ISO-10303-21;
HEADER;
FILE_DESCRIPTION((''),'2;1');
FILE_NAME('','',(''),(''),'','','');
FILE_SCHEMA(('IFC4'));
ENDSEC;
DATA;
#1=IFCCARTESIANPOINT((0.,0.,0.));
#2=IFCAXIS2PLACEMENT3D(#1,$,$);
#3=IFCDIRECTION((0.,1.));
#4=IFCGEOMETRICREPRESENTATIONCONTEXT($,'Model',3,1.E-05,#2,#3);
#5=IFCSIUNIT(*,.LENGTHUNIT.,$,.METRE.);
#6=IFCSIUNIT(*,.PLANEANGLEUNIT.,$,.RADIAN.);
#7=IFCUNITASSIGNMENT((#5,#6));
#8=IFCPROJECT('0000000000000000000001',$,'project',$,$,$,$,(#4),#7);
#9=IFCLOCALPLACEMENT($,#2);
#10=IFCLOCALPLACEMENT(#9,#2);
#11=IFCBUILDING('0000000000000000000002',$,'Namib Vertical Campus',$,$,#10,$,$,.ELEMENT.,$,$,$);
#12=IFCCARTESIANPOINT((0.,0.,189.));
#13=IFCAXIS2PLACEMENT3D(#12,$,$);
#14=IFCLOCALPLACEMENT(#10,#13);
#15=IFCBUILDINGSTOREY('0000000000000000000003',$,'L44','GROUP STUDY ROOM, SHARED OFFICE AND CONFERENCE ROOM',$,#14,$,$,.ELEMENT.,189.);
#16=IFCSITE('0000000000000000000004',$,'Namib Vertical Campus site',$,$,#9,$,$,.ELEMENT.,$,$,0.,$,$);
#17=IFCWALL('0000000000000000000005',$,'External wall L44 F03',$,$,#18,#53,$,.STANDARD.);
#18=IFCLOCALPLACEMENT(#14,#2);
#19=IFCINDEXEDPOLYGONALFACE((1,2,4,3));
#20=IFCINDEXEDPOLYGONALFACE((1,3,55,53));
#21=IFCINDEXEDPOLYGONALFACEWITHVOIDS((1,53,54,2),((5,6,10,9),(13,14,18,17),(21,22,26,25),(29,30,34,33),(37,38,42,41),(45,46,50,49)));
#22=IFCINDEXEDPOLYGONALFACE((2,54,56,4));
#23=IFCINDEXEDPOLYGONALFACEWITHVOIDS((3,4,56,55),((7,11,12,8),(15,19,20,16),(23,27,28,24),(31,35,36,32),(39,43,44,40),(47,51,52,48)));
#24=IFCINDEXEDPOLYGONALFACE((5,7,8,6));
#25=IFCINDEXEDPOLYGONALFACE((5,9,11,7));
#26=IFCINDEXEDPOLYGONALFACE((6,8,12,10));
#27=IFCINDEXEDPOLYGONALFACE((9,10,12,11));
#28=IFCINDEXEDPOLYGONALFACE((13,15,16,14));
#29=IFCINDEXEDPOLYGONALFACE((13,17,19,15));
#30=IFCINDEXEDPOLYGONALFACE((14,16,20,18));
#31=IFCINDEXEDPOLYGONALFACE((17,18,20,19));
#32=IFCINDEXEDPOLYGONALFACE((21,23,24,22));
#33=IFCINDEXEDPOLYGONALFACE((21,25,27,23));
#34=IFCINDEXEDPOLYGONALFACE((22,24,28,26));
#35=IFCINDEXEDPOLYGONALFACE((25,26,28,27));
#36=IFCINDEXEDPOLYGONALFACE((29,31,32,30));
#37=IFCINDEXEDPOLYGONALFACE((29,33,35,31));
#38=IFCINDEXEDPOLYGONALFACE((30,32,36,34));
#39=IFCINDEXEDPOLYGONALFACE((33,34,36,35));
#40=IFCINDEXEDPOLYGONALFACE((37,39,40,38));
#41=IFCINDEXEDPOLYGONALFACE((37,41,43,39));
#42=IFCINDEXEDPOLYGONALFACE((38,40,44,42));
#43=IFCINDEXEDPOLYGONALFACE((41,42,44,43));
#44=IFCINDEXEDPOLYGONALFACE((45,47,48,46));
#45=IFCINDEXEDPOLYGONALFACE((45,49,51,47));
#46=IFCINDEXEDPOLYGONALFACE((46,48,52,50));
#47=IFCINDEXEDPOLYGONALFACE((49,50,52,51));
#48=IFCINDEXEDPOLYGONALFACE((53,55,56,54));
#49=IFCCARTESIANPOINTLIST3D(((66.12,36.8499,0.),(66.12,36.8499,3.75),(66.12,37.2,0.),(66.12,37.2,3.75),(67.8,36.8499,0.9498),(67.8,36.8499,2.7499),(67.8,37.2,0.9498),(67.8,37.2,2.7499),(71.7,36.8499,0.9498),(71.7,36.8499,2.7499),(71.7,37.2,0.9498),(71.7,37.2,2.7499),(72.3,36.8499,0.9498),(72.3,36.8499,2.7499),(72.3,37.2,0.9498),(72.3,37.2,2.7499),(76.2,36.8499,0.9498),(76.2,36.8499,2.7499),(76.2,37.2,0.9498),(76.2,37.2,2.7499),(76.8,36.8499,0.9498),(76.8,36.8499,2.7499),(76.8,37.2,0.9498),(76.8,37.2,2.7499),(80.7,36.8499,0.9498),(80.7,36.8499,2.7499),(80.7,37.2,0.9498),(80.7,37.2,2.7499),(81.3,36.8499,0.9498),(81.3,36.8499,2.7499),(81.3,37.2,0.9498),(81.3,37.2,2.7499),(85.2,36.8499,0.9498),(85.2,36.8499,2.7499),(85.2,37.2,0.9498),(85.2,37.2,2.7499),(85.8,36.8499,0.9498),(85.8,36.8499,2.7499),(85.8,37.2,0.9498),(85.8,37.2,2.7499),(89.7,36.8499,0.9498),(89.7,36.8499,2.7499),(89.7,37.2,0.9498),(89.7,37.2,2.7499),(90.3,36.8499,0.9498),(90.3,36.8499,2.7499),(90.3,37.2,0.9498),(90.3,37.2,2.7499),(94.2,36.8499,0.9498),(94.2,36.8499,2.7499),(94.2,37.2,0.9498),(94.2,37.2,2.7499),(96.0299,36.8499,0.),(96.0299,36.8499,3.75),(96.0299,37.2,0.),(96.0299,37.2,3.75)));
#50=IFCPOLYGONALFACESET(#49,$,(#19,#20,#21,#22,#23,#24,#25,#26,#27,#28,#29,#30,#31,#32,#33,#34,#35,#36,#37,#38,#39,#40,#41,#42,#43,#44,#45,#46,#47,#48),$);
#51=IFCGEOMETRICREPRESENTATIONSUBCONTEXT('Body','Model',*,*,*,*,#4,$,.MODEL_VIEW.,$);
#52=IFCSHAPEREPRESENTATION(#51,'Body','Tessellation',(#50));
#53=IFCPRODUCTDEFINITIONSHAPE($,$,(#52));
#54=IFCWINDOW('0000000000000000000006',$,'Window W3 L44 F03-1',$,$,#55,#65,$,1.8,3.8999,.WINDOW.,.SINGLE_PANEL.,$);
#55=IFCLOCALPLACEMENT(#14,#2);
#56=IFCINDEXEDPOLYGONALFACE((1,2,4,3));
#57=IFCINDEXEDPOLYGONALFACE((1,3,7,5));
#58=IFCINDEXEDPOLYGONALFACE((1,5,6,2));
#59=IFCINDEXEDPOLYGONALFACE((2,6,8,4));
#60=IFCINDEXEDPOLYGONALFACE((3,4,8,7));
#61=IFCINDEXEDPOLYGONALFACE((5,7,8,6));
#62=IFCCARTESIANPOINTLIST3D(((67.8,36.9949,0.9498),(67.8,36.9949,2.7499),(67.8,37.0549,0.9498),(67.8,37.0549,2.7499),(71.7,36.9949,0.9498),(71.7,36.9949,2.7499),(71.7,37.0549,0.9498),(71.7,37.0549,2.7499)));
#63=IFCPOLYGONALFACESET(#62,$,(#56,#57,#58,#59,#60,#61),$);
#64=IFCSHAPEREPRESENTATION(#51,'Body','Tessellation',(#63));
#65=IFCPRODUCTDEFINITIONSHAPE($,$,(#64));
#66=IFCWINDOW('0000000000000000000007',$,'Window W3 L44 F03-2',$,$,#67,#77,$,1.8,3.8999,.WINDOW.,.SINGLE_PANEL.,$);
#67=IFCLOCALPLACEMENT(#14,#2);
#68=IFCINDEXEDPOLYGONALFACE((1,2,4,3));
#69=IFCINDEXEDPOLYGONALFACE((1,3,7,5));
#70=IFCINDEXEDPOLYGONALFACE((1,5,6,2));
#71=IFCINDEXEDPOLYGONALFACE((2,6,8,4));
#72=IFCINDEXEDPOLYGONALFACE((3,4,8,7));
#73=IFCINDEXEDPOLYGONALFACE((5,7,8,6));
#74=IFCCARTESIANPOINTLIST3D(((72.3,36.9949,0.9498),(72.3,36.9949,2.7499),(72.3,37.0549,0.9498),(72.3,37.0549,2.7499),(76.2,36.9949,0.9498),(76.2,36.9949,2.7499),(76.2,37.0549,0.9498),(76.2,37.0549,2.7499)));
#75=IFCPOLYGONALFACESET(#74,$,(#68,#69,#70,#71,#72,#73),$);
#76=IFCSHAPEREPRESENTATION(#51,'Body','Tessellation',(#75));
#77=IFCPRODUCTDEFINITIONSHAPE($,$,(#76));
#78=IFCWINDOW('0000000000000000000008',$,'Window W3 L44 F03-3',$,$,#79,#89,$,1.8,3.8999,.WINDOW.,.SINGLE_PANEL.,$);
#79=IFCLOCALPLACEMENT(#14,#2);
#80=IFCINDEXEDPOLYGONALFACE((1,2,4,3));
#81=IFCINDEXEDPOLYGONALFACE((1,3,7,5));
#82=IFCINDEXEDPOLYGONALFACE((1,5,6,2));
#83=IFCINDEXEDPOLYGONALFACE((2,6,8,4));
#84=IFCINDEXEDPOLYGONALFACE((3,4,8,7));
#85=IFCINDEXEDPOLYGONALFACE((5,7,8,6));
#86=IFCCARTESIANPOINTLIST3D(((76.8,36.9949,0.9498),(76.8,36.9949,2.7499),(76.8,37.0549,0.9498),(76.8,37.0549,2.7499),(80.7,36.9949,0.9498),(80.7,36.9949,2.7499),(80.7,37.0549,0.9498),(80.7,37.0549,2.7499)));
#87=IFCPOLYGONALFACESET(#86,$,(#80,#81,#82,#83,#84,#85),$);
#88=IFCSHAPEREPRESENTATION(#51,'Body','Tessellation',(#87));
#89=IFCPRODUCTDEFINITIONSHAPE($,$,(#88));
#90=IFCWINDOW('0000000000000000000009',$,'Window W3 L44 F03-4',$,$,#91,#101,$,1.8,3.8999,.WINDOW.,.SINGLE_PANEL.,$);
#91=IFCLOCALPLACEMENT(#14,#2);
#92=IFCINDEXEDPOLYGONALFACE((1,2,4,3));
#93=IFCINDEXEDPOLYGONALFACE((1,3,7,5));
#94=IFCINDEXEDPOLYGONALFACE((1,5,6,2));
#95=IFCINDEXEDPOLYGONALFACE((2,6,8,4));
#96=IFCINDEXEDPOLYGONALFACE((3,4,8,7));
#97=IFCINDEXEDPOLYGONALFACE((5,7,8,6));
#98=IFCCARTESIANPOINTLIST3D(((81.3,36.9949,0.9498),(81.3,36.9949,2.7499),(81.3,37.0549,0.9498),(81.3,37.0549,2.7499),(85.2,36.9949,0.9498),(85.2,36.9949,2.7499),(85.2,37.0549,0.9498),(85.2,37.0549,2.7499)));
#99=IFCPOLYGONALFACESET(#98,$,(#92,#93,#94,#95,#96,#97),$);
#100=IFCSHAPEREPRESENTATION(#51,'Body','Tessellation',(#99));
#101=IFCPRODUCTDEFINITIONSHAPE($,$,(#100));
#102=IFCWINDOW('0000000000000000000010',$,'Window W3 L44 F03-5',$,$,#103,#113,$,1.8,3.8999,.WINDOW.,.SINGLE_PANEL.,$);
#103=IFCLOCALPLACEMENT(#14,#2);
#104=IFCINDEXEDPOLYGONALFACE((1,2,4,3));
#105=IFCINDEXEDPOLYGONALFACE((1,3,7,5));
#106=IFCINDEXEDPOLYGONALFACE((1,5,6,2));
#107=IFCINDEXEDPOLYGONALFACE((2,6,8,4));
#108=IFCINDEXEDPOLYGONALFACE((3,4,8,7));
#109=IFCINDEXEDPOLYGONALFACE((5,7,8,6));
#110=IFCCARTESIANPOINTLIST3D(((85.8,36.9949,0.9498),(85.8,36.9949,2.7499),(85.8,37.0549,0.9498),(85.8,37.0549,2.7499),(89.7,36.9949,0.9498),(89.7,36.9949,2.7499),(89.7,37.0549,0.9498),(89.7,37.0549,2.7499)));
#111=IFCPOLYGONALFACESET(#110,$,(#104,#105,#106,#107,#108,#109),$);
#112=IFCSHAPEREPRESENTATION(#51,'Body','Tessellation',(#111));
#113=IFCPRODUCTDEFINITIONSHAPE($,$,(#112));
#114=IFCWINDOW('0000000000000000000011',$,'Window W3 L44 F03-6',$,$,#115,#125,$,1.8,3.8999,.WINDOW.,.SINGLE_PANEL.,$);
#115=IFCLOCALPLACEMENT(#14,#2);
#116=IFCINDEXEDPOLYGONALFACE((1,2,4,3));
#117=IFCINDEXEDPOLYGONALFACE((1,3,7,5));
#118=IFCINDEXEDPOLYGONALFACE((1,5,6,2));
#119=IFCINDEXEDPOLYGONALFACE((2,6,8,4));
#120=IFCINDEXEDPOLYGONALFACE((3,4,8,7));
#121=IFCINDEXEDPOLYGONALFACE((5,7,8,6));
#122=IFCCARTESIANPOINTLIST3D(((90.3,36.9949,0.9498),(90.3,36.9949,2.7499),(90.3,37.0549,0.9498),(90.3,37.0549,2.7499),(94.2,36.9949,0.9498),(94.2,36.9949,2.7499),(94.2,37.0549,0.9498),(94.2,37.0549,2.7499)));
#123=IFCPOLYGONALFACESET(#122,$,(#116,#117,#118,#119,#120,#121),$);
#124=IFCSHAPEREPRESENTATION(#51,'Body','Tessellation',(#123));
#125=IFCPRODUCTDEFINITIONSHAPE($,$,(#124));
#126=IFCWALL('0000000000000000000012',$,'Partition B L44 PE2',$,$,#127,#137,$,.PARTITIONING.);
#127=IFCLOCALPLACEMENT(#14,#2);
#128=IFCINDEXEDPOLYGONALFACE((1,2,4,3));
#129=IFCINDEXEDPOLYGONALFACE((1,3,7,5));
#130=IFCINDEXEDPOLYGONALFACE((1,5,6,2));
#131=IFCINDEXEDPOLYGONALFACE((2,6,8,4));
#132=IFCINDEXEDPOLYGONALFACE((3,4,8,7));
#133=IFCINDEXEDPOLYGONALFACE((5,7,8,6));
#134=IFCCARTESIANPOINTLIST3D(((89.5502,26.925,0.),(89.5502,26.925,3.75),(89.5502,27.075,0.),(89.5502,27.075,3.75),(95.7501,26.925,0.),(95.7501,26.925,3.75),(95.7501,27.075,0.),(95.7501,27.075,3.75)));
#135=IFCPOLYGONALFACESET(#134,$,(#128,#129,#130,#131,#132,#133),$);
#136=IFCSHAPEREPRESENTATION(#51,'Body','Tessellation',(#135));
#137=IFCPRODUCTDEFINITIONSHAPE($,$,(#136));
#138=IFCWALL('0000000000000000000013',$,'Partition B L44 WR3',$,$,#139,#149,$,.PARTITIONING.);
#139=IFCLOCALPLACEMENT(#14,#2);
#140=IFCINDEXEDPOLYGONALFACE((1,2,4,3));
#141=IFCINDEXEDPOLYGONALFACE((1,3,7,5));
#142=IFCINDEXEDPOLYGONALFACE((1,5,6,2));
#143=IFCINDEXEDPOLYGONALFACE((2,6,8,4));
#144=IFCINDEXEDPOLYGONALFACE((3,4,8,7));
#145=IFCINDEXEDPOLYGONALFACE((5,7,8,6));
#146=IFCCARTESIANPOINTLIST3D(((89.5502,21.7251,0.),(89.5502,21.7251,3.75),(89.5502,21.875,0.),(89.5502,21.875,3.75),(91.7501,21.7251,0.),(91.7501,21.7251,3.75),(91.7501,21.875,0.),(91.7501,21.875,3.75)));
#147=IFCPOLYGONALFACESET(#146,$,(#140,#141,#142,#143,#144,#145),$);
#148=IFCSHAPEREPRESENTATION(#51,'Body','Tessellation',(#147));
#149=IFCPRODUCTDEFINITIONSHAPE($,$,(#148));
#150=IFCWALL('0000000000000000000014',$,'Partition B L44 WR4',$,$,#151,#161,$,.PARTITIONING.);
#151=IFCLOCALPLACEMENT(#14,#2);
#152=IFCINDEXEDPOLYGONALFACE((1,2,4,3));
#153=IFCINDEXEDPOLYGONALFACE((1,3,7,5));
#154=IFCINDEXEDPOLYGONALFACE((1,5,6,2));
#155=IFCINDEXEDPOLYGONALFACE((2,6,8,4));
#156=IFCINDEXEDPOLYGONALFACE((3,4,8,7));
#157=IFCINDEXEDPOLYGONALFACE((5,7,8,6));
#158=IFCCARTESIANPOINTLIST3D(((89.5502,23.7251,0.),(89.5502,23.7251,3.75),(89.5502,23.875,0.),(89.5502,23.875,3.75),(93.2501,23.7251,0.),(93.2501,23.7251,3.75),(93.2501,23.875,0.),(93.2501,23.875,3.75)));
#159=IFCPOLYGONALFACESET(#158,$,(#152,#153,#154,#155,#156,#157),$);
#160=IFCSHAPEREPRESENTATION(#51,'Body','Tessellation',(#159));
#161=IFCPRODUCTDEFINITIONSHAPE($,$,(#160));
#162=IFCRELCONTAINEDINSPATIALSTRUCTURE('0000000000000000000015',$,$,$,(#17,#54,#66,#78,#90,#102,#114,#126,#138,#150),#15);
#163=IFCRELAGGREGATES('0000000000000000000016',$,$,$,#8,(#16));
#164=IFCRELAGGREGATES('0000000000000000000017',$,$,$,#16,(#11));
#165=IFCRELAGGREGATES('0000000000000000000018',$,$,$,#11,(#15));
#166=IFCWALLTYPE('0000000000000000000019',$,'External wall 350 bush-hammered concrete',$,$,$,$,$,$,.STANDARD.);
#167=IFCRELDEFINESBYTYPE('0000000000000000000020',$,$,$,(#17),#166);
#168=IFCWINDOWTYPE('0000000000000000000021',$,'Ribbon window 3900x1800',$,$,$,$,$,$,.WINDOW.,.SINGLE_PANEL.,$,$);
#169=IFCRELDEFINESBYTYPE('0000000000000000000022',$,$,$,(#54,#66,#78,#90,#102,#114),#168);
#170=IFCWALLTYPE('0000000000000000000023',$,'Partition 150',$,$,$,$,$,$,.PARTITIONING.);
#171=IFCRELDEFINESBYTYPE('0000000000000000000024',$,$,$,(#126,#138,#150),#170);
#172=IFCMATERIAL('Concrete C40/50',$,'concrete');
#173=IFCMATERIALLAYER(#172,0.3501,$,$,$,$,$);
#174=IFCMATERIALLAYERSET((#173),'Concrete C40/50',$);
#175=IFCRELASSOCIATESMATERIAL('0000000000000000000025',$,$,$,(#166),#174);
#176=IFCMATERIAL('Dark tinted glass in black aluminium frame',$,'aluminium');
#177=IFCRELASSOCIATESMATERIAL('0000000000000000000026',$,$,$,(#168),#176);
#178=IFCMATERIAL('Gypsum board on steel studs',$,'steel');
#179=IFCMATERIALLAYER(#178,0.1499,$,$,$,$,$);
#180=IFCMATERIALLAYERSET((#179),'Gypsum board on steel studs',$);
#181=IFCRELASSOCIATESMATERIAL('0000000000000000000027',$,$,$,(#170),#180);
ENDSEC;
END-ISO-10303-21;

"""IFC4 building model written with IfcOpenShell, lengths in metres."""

from ifc_helpers import new_model, si_unit, direction, frame, frame_2d, origin, place, context, subcontext, project, spatial, rectangle, extrude, material, layer, layer_set, type_object, element, fill, save


model = new_model("IFC4")

# Units and contexts
model_context = context("Model", 3, precision=1e-05, world=origin(), true_north=direction((0.0, 1.0)))
body_context = subcontext(model_context, "Body", "Model", "MODEL_VIEW")
ifc_project = project(units=[si_unit("LENGTHUNIT", "METRE"), si_unit("PLANEANGLEUNIT", "RADIAN")], contexts=[model_context])

# Site, building, storey
site_placement = place(None, origin())
site = spatial("IfcSite", under=ifc_project, at=site_placement, Name="Namib Vertical Campus site", CompositionType="ELEMENT", RefElevation=0.0)
building_placement = place(site_placement, origin())
building = spatial("IfcBuilding", under=site, at=building_placement, Name="Namib Vertical Campus", CompositionType="ELEMENT")
storey_placement = place(building_placement, frame((0.0, 0.0, 189.0)))
storey = spatial("IfcBuildingStorey", under=building, at=storey_placement, Name="L44", Description="GROUP STUDY ROOM, SHARED OFFICE AND CONFERENCE ROOM", CompositionType="ELEMENT", Elevation=189.0)

# Wall, openings, windows
ifc_material_1 = material(Name="Concrete C40/50", Category="concrete")
ifc_layer_1 = layer(ifc_material_1, 0.3501)
ifc_layer_set_1 = layer_set([ifc_layer_1], Name="Concrete C40/50")
wall_type_1 = type_object("IfcWallType", Name="External wall 350 bush-hammered concrete", PredefinedType="STANDARD", material=ifc_layer_set_1)
wall_1_placement = place(storey_placement, frame((96.03, 37.0249, 0.0), z_axis=(0.0, 0.0, 1.0), x_axis=(-1.0, 0.0, 0.0)))
wall_1 = element("IfcWall", 1, at=wall_1_placement, inside=storey, type_object=wall_type_1, Name="External wall L44 F03", PredefinedType="STANDARD", context=body_context, shape_type="SweptSolid", body=[
    extrude(rectangle(XDim=29.9099, YDim=0.3501, at=frame_2d((14.9551, 0.0))), origin(), (0.0, 0.0, 1.0), 3.75),
])
opening_1_placement = place(wall_1_placement, frame((24.3301, 0.0, 0.95)))
opening_1 = element("IfcOpeningElement", 2, at=opening_1_placement, cuts=wall_1, PredefinedType="OPENING", context=body_context, shape_type="SweptSolid", body=[
    extrude(rectangle(XDim=3.8999, YDim=1.8, at=frame_2d((1.95, 0.8999))), frame((0.0, 0.1851, 0.0), z_axis=(0.0, -1.0, 0.0), x_axis=(1.0, 0.0, 0.0)), (0.0, 0.0, 1.0), 0.3701),
])
opening_2_placement = place(wall_1_placement, frame((19.8301, 0.0, 0.95)))
opening_2 = element("IfcOpeningElement", 3, at=opening_2_placement, cuts=wall_1, PredefinedType="OPENING", context=body_context, shape_type="SweptSolid", body=[
    extrude(rectangle(XDim=3.8999, YDim=1.8, at=frame_2d((1.95, 0.8999))), frame((0.0, 0.1851, 0.0), z_axis=(0.0, -1.0, 0.0), x_axis=(1.0, 0.0, 0.0)), (0.0, 0.0, 1.0), 0.3701),
])
opening_3_placement = place(wall_1_placement, frame((15.3301, 0.0, 0.95)))
opening_3 = element("IfcOpeningElement", 4, at=opening_3_placement, cuts=wall_1, PredefinedType="OPENING", context=body_context, shape_type="SweptSolid", body=[
    extrude(rectangle(XDim=3.8999, YDim=1.8, at=frame_2d((1.95, 0.8999))), frame((0.0, 0.1851, 0.0), z_axis=(0.0, -1.0, 0.0), x_axis=(1.0, 0.0, 0.0)), (0.0, 0.0, 1.0), 0.3701),
])
opening_4_placement = place(wall_1_placement, frame((10.8301, 0.0, 0.95)))
opening_4 = element("IfcOpeningElement", 5, at=opening_4_placement, cuts=wall_1, PredefinedType="OPENING", context=body_context, shape_type="SweptSolid", body=[
    extrude(rectangle(XDim=3.8999, YDim=1.8, at=frame_2d((1.95, 0.8999))), frame((0.0, 0.1851, 0.0), z_axis=(0.0, -1.0, 0.0), x_axis=(1.0, 0.0, 0.0)), (0.0, 0.0, 1.0), 0.3701),
])
opening_5_placement = place(wall_1_placement, frame((6.3301, 0.0, 0.95)))
opening_5 = element("IfcOpeningElement", 6, at=opening_5_placement, cuts=wall_1, PredefinedType="OPENING", context=body_context, shape_type="SweptSolid", body=[
    extrude(rectangle(XDim=3.8999, YDim=1.8, at=frame_2d((1.95, 0.8999))), frame((0.0, 0.1851, 0.0), z_axis=(0.0, -1.0, 0.0), x_axis=(1.0, 0.0, 0.0)), (0.0, 0.0, 1.0), 0.3701),
])
opening_6_placement = place(wall_1_placement, frame((1.8301, 0.0, 0.95)))
opening_6 = element("IfcOpeningElement", 7, at=opening_6_placement, cuts=wall_1, PredefinedType="OPENING", context=body_context, shape_type="SweptSolid", body=[
    extrude(rectangle(XDim=3.8999, YDim=1.8, at=frame_2d((1.95, 0.8999))), frame((0.0, 0.1851, 0.0), z_axis=(0.0, -1.0, 0.0), x_axis=(1.0, 0.0, 0.0)), (0.0, 0.0, 1.0), 0.3701),
])
ifc_material_2 = material(Name="Dark tinted glass in black aluminium frame", Category="aluminium")
window_type = type_object("IfcWindowType", Name="Ribbon window 3900x1800", PartitioningType="SINGLE_PANEL", PredefinedType="WINDOW", material=ifc_material_2)
window_1_placement = place(opening_1_placement, origin())
window_1 = element("IfcWindow", 8, at=window_1_placement, inside=storey, type_object=window_type, Name="Window W3 L44 F03-1", OverallHeight=1.8, OverallWidth=3.8999, PartitioningType="SINGLE_PANEL", PredefinedType="WINDOW", context=body_context, shape_type="SweptSolid", body=[
    extrude(rectangle(XDim=3.8999, YDim=1.8, at=frame_2d((1.95, 0.8999))), frame((0.0, 0.03, 0.0), z_axis=(0.0, -1.0, 0.0), x_axis=(1.0, 0.0, 0.0)), (0.0, 0.0, 1.0), 0.0601),
])
fill(opening_1, window_1)
window_2_placement = place(opening_2_placement, origin())
window_2 = element("IfcWindow", 9, at=window_2_placement, inside=storey, type_object=window_type, Name="Window W3 L44 F03-2", OverallHeight=1.8, OverallWidth=3.8999, PartitioningType="SINGLE_PANEL", PredefinedType="WINDOW", context=body_context, shape_type="SweptSolid", body=[
    extrude(rectangle(XDim=3.8999, YDim=1.8, at=frame_2d((1.95, 0.8999))), frame((0.0, 0.03, 0.0), z_axis=(0.0, -1.0, 0.0), x_axis=(1.0, 0.0, 0.0)), (0.0, 0.0, 1.0), 0.0601),
])
fill(opening_2, window_2)
window_3_placement = place(opening_3_placement, origin())
window_3 = element("IfcWindow", 10, at=window_3_placement, inside=storey, type_object=window_type, Name="Window W3 L44 F03-3", OverallHeight=1.8, OverallWidth=3.8999, PartitioningType="SINGLE_PANEL", PredefinedType="WINDOW", context=body_context, shape_type="SweptSolid", body=[
    extrude(rectangle(XDim=3.8999, YDim=1.8, at=frame_2d((1.95, 0.8999))), frame((0.0, 0.03, 0.0), z_axis=(0.0, -1.0, 0.0), x_axis=(1.0, 0.0, 0.0)), (0.0, 0.0, 1.0), 0.0601),
])
fill(opening_3, window_3)
window_4_placement = place(opening_4_placement, origin())
window_4 = element("IfcWindow", 11, at=window_4_placement, inside=storey, type_object=window_type, Name="Window W3 L44 F03-4", OverallHeight=1.8, OverallWidth=3.8999, PartitioningType="SINGLE_PANEL", PredefinedType="WINDOW", context=body_context, shape_type="SweptSolid", body=[
    extrude(rectangle(XDim=3.8999, YDim=1.8, at=frame_2d((1.95, 0.8999))), frame((0.0, 0.03, 0.0), z_axis=(0.0, -1.0, 0.0), x_axis=(1.0, 0.0, 0.0)), (0.0, 0.0, 1.0), 0.0601),
])
fill(opening_4, window_4)
window_5_placement = place(opening_5_placement, origin())
window_5 = element("IfcWindow", 12, at=window_5_placement, inside=storey, type_object=window_type, Name="Window W3 L44 F03-5", OverallHeight=1.8, OverallWidth=3.8999, PartitioningType="SINGLE_PANEL", PredefinedType="WINDOW", context=body_context, shape_type="SweptSolid", body=[
    extrude(rectangle(XDim=3.8999, YDim=1.8, at=frame_2d((1.95, 0.8999))), frame((0.0, 0.03, 0.0), z_axis=(0.0, -1.0, 0.0), x_axis=(1.0, 0.0, 0.0)), (0.0, 0.0, 1.0), 0.0601),
])
fill(opening_5, window_5)
window_6_placement = place(opening_6_placement, origin())
window_6 = element("IfcWindow", 13, at=window_6_placement, inside=storey, type_object=window_type, Name="Window W3 L44 F03-6", OverallHeight=1.8, OverallWidth=3.8999, PartitioningType="SINGLE_PANEL", PredefinedType="WINDOW", context=body_context, shape_type="SweptSolid", body=[
    extrude(rectangle(XDim=3.8999, YDim=1.8, at=frame_2d((1.95, 0.8999))), frame((0.0, 0.03, 0.0), z_axis=(0.0, -1.0, 0.0), x_axis=(1.0, 0.0, 0.0)), (0.0, 0.0, 1.0), 0.0601),
])
fill(opening_6, window_6)

# Walls
ifc_material_3 = material(Name="Gypsum board on steel studs", Category="steel")
ifc_layer_2 = layer(ifc_material_3, 0.1499)
ifc_layer_set_2 = layer_set([ifc_layer_2], Name="Gypsum board on steel studs")
wall_type_2 = type_object("IfcWallType", Name="Partition 150", PredefinedType="PARTITIONING", material=ifc_layer_set_2)
wall_2_placement = place(storey_placement, frame((89.55, 27.0, 0.0), z_axis=(0.0, 0.0, 1.0), x_axis=(1.0, 0.0, 0.0)))
element("IfcWall", 14, at=wall_2_placement, inside=storey, type_object=wall_type_2, Name="Partition B L44 PE2", PredefinedType="PARTITIONING", context=body_context, shape_type="SweptSolid", body=[
    extrude(rectangle(XDim=6.2, YDim=0.1499, at=frame_2d((3.1001, 0.0))), origin(), (0.0, 0.0, 1.0), 3.75),
])
wall_3_placement = place(storey_placement, frame((89.55, 21.8, 0.0), z_axis=(0.0, 0.0, 1.0), x_axis=(1.0, 0.0, 0.0)))
element("IfcWall", 15, at=wall_3_placement, inside=storey, type_object=wall_type_2, Name="Partition B L44 WR3", PredefinedType="PARTITIONING", context=body_context, shape_type="SweptSolid", body=[
    extrude(rectangle(XDim=2.2, YDim=0.1499, at=frame_2d((1.1001, 0.0))), origin(), (0.0, 0.0, 1.0), 3.75),
])
wall_4_placement = place(storey_placement, frame((89.55, 23.8, 0.0), z_axis=(0.0, 0.0, 1.0), x_axis=(1.0, 0.0, 0.0)))
element("IfcWall", 16, at=wall_4_placement, inside=storey, type_object=wall_type_2, Name="Partition B L44 WR4", PredefinedType="PARTITIONING", context=body_context, shape_type="SweptSolid", body=[
    extrude(rectangle(XDim=3.7, YDim=0.1499, at=frame_2d((1.8501, 0.0))), origin(), (0.0, 0.0, 1.0), 3.75),
])

save(model, "model.ifc")
